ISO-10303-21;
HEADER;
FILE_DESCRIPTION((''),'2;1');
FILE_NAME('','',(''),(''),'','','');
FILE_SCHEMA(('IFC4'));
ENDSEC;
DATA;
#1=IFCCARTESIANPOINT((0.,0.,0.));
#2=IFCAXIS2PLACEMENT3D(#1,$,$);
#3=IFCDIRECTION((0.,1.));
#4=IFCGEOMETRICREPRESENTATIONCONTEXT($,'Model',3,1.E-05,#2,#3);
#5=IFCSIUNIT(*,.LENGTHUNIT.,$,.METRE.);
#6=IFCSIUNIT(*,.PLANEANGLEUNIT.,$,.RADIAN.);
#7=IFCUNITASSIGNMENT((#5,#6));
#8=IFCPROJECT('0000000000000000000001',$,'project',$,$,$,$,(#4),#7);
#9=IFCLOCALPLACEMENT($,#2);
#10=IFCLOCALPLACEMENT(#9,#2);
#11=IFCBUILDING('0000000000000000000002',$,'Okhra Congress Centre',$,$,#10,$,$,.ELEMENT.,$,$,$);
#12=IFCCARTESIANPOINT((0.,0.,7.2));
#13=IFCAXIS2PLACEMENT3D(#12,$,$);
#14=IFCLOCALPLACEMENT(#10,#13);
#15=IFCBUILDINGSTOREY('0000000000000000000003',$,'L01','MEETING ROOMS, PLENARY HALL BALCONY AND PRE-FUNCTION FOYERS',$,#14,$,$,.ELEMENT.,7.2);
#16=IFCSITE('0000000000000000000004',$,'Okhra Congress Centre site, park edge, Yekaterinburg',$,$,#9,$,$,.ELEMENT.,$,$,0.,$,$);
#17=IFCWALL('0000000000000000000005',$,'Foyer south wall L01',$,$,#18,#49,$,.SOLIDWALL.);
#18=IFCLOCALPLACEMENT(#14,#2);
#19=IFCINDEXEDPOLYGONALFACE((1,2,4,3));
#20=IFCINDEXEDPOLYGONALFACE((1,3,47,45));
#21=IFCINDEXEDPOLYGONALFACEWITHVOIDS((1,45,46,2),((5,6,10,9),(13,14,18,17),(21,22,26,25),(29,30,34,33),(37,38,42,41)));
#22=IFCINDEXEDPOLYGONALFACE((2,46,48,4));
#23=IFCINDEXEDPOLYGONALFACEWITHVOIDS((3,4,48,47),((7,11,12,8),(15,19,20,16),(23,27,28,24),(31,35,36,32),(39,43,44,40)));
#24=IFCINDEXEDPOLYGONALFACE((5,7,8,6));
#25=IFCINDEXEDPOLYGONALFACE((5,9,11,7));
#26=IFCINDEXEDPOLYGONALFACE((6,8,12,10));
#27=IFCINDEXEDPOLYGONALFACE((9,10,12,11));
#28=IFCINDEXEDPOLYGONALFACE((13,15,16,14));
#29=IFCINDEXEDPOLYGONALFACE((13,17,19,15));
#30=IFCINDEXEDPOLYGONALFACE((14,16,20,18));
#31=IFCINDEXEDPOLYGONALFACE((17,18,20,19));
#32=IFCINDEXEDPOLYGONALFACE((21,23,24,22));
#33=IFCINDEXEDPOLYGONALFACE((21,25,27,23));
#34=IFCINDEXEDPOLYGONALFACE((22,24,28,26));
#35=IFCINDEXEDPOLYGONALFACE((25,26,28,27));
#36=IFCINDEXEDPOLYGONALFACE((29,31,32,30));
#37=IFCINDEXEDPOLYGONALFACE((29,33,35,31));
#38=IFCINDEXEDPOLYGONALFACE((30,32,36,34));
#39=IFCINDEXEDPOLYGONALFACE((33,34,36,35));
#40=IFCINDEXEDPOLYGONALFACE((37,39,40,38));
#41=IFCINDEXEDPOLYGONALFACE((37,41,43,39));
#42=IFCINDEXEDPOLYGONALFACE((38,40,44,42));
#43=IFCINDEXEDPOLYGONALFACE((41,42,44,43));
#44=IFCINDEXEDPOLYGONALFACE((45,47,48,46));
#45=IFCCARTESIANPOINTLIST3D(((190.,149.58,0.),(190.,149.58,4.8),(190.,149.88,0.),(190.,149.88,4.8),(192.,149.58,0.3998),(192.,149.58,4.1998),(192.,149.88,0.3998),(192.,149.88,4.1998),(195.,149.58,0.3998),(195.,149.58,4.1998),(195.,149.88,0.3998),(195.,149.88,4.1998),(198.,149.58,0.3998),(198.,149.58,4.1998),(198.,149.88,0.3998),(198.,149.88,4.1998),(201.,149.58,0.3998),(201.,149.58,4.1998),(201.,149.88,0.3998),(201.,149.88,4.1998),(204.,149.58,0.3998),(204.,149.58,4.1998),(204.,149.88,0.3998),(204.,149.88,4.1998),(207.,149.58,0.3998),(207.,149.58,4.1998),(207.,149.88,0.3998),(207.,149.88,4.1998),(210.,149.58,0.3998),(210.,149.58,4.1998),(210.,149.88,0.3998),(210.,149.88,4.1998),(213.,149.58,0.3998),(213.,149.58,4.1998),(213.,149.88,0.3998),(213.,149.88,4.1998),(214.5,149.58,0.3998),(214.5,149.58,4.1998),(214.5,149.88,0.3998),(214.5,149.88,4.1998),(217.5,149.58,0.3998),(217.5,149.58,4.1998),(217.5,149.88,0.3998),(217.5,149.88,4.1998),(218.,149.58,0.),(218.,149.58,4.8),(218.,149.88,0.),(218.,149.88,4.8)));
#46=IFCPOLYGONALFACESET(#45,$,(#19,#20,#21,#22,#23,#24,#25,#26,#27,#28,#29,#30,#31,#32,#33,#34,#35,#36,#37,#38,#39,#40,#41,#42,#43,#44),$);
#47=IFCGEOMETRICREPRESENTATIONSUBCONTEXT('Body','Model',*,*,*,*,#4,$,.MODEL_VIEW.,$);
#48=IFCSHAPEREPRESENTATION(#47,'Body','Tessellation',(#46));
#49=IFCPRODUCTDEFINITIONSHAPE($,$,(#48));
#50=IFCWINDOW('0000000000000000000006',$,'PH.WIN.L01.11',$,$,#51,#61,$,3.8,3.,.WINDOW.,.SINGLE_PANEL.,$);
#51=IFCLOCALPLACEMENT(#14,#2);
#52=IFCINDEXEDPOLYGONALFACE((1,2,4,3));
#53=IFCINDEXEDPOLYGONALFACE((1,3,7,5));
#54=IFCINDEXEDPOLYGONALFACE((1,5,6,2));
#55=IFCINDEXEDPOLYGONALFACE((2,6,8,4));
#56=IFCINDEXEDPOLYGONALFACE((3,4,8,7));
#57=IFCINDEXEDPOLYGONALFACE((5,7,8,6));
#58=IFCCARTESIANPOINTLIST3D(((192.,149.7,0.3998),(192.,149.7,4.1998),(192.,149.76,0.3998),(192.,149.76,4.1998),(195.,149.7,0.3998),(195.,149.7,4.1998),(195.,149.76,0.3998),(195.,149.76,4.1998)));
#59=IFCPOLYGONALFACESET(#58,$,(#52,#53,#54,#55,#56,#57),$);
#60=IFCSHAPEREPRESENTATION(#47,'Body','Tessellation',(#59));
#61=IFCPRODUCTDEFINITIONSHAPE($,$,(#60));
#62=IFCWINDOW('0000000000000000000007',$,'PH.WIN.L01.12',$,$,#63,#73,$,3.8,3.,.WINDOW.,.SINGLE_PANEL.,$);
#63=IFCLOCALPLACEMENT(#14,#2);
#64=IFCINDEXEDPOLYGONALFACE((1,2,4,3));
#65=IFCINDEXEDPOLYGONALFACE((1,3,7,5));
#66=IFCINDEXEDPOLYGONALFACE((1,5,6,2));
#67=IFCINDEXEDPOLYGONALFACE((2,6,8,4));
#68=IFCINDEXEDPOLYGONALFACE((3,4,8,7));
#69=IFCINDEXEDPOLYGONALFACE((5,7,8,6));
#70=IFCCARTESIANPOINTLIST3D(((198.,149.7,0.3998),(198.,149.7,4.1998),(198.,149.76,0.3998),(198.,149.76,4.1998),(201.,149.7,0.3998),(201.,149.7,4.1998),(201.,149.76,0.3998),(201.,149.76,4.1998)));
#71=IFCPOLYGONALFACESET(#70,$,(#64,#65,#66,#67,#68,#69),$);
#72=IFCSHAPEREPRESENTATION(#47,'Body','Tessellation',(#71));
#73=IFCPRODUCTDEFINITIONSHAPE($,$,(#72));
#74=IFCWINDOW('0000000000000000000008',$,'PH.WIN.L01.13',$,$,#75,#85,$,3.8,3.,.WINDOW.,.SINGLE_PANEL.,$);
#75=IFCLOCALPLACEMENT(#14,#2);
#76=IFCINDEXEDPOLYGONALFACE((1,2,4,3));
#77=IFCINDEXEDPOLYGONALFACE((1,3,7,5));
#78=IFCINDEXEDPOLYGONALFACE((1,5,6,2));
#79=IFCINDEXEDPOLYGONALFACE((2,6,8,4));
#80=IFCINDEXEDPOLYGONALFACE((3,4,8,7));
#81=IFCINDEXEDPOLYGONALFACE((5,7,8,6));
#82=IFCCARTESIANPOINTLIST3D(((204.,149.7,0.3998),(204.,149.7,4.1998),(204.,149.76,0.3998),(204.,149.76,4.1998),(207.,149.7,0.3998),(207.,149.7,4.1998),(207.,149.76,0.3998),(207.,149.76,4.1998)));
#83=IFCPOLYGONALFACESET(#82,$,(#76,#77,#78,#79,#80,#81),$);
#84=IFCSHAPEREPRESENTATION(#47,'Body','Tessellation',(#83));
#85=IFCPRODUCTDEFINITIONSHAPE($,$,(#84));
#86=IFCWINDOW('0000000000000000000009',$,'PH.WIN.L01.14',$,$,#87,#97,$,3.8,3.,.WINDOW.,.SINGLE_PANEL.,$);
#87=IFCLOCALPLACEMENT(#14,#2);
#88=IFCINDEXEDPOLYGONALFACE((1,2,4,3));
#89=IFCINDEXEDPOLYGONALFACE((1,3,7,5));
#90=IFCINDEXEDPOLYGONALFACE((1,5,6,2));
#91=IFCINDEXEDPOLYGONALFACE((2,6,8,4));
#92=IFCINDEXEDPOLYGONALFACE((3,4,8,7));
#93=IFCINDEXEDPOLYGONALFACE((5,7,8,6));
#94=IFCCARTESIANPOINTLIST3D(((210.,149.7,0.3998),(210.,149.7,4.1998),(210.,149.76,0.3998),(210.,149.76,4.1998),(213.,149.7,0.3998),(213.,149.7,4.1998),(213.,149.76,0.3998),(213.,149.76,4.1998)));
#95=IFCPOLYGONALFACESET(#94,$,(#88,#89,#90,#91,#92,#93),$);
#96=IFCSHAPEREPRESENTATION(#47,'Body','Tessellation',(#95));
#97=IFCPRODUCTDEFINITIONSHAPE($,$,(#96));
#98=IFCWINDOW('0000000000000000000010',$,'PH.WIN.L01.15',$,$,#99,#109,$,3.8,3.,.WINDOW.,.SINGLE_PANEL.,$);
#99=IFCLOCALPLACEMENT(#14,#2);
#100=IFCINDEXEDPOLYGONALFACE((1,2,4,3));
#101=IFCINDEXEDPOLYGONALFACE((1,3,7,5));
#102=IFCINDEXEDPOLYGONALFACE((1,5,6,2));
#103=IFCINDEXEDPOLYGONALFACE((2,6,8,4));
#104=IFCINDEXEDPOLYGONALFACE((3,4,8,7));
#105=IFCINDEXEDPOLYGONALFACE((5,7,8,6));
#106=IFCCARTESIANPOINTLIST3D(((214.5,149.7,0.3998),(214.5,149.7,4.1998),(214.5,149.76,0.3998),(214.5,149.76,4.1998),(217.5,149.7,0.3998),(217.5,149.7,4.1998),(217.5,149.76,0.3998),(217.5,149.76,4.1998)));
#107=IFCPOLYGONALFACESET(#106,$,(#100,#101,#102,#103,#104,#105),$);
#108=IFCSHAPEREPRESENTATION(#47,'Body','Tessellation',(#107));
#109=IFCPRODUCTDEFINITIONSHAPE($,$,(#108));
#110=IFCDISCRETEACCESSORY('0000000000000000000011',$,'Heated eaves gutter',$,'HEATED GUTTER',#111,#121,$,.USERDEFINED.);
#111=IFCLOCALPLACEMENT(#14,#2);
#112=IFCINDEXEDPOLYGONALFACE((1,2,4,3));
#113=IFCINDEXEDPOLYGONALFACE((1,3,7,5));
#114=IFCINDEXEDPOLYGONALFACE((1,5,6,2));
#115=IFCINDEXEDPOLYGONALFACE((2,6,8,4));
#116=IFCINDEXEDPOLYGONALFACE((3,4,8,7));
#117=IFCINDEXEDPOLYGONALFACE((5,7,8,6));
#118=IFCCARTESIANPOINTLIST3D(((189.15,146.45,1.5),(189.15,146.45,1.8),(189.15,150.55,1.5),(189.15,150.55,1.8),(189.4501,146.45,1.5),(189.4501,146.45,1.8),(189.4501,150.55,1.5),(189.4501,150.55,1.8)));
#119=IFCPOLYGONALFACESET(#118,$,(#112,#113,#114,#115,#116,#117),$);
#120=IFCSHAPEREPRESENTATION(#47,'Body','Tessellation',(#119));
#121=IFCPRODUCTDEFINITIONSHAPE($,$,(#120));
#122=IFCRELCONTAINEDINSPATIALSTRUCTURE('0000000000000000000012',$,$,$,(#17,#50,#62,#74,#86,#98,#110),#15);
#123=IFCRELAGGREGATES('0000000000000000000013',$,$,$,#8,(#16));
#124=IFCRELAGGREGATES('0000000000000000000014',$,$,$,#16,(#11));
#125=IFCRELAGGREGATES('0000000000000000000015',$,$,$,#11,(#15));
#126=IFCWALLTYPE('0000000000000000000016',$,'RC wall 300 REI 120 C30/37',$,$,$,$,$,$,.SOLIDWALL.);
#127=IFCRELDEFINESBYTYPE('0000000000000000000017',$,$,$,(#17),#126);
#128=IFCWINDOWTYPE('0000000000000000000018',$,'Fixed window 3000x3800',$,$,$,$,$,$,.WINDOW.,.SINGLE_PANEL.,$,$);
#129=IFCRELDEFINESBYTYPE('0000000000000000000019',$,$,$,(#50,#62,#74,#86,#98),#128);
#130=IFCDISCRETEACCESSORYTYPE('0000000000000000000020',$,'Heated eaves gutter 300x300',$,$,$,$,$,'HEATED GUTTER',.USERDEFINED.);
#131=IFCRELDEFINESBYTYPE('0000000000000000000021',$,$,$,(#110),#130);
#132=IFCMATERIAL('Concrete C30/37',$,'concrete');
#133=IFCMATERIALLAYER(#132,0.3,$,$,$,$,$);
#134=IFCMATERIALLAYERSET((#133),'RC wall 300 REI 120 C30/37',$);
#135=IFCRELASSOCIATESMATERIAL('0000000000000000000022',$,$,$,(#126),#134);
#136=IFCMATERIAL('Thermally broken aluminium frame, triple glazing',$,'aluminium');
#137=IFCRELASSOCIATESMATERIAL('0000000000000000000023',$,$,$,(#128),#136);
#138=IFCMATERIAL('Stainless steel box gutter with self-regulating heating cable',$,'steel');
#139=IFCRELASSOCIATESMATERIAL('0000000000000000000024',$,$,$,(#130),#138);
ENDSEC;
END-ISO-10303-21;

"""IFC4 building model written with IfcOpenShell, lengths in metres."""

from ifc_helpers import new_model, si_unit, direction, frame, frame_2d, origin, origin_2d, place, context, subcontext, project, spatial, rectangle, extrude, material, layer, layer_set, type_object, element, fill, save


model = new_model("IFC4")

# Units and contexts
model_context = context("Model", 3, precision=1e-05, world=origin(), true_north=direction((0.0, 1.0)))
body_context = subcontext(model_context, "Body", "Model", "MODEL_VIEW")
ifc_project = project(units=[si_unit("LENGTHUNIT", "METRE"), si_unit("PLANEANGLEUNIT", "RADIAN")], contexts=[model_context])

# Site, building, storey
site_placement = place(None, origin())
site = spatial("IfcSite", under=ifc_project, at=site_placement, Name="Okhra Congress Centre site, park edge, Yekaterinburg", CompositionType="ELEMENT", RefElevation=0.0)
building_placement = place(site_placement, origin())
building = spatial("IfcBuilding", under=site, at=building_placement, Name="Okhra Congress Centre", CompositionType="ELEMENT")
storey_placement = place(building_placement, frame((0.0, 0.0, 7.2)))
storey = spatial("IfcBuildingStorey", under=building, at=storey_placement, Name="L01", Description="MEETING ROOMS, PLENARY HALL BALCONY AND PRE-FUNCTION FOYERS", CompositionType="ELEMENT", Elevation=7.2)

# Shared definitions
ifc_material_1 = material(Name="Concrete C30/37", Category="concrete")

# Wall, openings, windows
ifc_layer_1 = layer(ifc_material_1, 0.3)
ifc_layer_set_1 = layer_set([ifc_layer_1], Name="RC wall 300 REI 120 C30/37")
wall_type_1 = type_object("IfcWallType", Name="RC wall 300 REI 120 C30/37", PredefinedType="SOLIDWALL", material=ifc_layer_set_1)
wall_1_placement = place(storey_placement, frame((190.0, 149.73, 0.0), z_axis=(0.0, 0.0, 1.0), x_axis=(1.0, 0.0, 0.0)))
wall_1 = element("IfcWall", 1, at=wall_1_placement, inside=storey, type_object=wall_type_1, Name="Foyer south wall L01", PredefinedType="SOLIDWALL", context=body_context, shape_type="SweptSolid", body=[
    extrude(rectangle(XDim=28.0, YDim=0.3, at=frame_2d((14.0, 0.0))), origin(), (0.0, 0.0, 1.0), 4.8),
])
opening_1_placement = place(wall_1_placement, frame((2.0, 0.0, 0.3999)))
opening_1 = element("IfcOpeningElement", 2, at=opening_1_placement, cuts=wall_1, PredefinedType="OPENING", context=body_context, shape_type="SweptSolid", body=[
    extrude(rectangle(XDim=3.0, YDim=3.8, at=frame_2d((1.5, 1.8999))), frame((0.0, 0.1599, 0.0), z_axis=(0.0, -1.0, 0.0), x_axis=(1.0, 0.0, 0.0)), (0.0, 0.0, 1.0), 0.3201),
])
opening_2_placement = place(wall_1_placement, frame((8.0, 0.0, 0.3999)))
opening_2 = element("IfcOpeningElement", 3, at=opening_2_placement, cuts=wall_1, PredefinedType="OPENING", context=body_context, shape_type="SweptSolid", body=[
    extrude(rectangle(XDim=3.0, YDim=3.8, at=frame_2d((1.5, 1.8999))), frame((0.0, 0.1599, 0.0), z_axis=(0.0, -1.0, 0.0), x_axis=(1.0, 0.0, 0.0)), (0.0, 0.0, 1.0), 0.3201),
])
opening_3_placement = place(wall_1_placement, frame((14.0, 0.0, 0.3999)))
opening_3 = element("IfcOpeningElement", 4, at=opening_3_placement, cuts=wall_1, PredefinedType="OPENING", context=body_context, shape_type="SweptSolid", body=[
    extrude(rectangle(XDim=3.0, YDim=3.8, at=frame_2d((1.5, 1.8999))), frame((0.0, 0.1599, 0.0), z_axis=(0.0, -1.0, 0.0), x_axis=(1.0, 0.0, 0.0)), (0.0, 0.0, 1.0), 0.3201),
])
opening_4_placement = place(wall_1_placement, frame((20.0, 0.0, 0.3999)))
opening_4 = element("IfcOpeningElement", 5, at=opening_4_placement, cuts=wall_1, PredefinedType="OPENING", context=body_context, shape_type="SweptSolid", body=[
    extrude(rectangle(XDim=3.0, YDim=3.8, at=frame_2d((1.5, 1.8999))), frame((0.0, 0.1599, 0.0), z_axis=(0.0, -1.0, 0.0), x_axis=(1.0, 0.0, 0.0)), (0.0, 0.0, 1.0), 0.3201),
])
opening_5_placement = place(wall_1_placement, frame((24.5, 0.0, 0.3999)))
opening_5 = element("IfcOpeningElement", 6, at=opening_5_placement, cuts=wall_1, PredefinedType="OPENING", context=body_context, shape_type="SweptSolid", body=[
    extrude(rectangle(XDim=3.0, YDim=3.8, at=frame_2d((1.5, 1.8999))), frame((0.0, 0.1599, 0.0), z_axis=(0.0, -1.0, 0.0), x_axis=(1.0, 0.0, 0.0)), (0.0, 0.0, 1.0), 0.3201),
])
ifc_material_2 = material(Name="Thermally broken aluminium frame, triple glazing", Category="aluminium")
window_type = type_object("IfcWindowType", Name="Fixed window 3000x3800", PartitioningType="SINGLE_PANEL", PredefinedType="WINDOW", material=ifc_material_2)
window_1_placement = place(opening_1_placement, origin())
window_1 = element("IfcWindow", 7, at=window_1_placement, inside=storey, type_object=window_type, Name="PH.WIN.L01.11", OverallHeight=3.8, OverallWidth=3.0, PartitioningType="SINGLE_PANEL", PredefinedType="WINDOW", context=body_context, shape_type="SweptSolid", body=[
    extrude(rectangle(XDim=3.0, YDim=3.8, at=frame_2d((1.5, 1.8999))), frame((0.0, 0.03, 0.0), z_axis=(0.0, -1.0, 0.0), x_axis=(1.0, 0.0, 0.0)), (0.0, 0.0, 1.0), 0.0601),
])
fill(opening_1, window_1)
window_2_placement = place(opening_2_placement, origin())
window_2 = element("IfcWindow", 8, at=window_2_placement, inside=storey, type_object=window_type, Name="PH.WIN.L01.12", OverallHeight=3.8, OverallWidth=3.0, PartitioningType="SINGLE_PANEL", PredefinedType="WINDOW", context=body_context, shape_type="SweptSolid", body=[
    extrude(rectangle(XDim=3.0, YDim=3.8, at=frame_2d((1.5, 1.8999))), frame((0.0, 0.03, 0.0), z_axis=(0.0, -1.0, 0.0), x_axis=(1.0, 0.0, 0.0)), (0.0, 0.0, 1.0), 0.0601),
])
fill(opening_2, window_2)
window_3_placement = place(opening_3_placement, origin())
window_3 = element("IfcWindow", 9, at=window_3_placement, inside=storey, type_object=window_type, Name="PH.WIN.L01.13", OverallHeight=3.8, OverallWidth=3.0, PartitioningType="SINGLE_PANEL", PredefinedType="WINDOW", context=body_context, shape_type="SweptSolid", body=[
    extrude(rectangle(XDim=3.0, YDim=3.8, at=frame_2d((1.5, 1.8999))), frame((0.0, 0.03, 0.0), z_axis=(0.0, -1.0, 0.0), x_axis=(1.0, 0.0, 0.0)), (0.0, 0.0, 1.0), 0.0601),
])
fill(opening_3, window_3)
window_4_placement = place(opening_4_placement, origin())
window_4 = element("IfcWindow", 10, at=window_4_placement, inside=storey, type_object=window_type, Name="PH.WIN.L01.14", OverallHeight=3.8, OverallWidth=3.0, PartitioningType="SINGLE_PANEL", PredefinedType="WINDOW", context=body_context, shape_type="SweptSolid", body=[
    extrude(rectangle(XDim=3.0, YDim=3.8, at=frame_2d((1.5, 1.8999))), frame((0.0, 0.03, 0.0), z_axis=(0.0, -1.0, 0.0), x_axis=(1.0, 0.0, 0.0)), (0.0, 0.0, 1.0), 0.0601),
])
fill(opening_4, window_4)
window_5_placement = place(opening_5_placement, origin())
window_5 = element("IfcWindow", 11, at=window_5_placement, inside=storey, type_object=window_type, Name="PH.WIN.L01.15", OverallHeight=3.8, OverallWidth=3.0, PartitioningType="SINGLE_PANEL", PredefinedType="WINDOW", context=body_context, shape_type="SweptSolid", body=[
    extrude(rectangle(XDim=3.0, YDim=3.8, at=frame_2d((1.5, 1.8999))), frame((0.0, 0.03, 0.0), z_axis=(0.0, -1.0, 0.0), x_axis=(1.0, 0.0, 0.0)), (0.0, 0.0, 1.0), 0.0601),
])
fill(opening_5, window_5)

# Discrete accessory
ifc_material_3 = material(Name="Stainless steel box gutter with self-regulating heating cable", Category="steel")
discrete_accessory_type = type_object("IfcDiscreteAccessoryType", Name="Heated eaves gutter 300x300", ElementType="HEATED GUTTER", PredefinedType="USERDEFINED", material=ifc_material_3)
discrete_accessory_placement = place(storey_placement, frame((189.3, 148.5, 1.5), z_axis=(0.0, 0.0, 1.0), x_axis=(1.0, 0.0, 0.0)))
element("IfcDiscreteAccessory", 12, at=discrete_accessory_placement, inside=storey, type_object=discrete_accessory_type, Name="Heated eaves gutter", ObjectType="HEATED GUTTER", PredefinedType="USERDEFINED", context=body_context, shape_type="SweptSolid", body=[
    extrude(rectangle(XDim=0.3, YDim=4.1001, at=origin_2d()), origin(), (0.0, 0.0, 1.0), 0.3),
])

save(model, "model.ifc")
